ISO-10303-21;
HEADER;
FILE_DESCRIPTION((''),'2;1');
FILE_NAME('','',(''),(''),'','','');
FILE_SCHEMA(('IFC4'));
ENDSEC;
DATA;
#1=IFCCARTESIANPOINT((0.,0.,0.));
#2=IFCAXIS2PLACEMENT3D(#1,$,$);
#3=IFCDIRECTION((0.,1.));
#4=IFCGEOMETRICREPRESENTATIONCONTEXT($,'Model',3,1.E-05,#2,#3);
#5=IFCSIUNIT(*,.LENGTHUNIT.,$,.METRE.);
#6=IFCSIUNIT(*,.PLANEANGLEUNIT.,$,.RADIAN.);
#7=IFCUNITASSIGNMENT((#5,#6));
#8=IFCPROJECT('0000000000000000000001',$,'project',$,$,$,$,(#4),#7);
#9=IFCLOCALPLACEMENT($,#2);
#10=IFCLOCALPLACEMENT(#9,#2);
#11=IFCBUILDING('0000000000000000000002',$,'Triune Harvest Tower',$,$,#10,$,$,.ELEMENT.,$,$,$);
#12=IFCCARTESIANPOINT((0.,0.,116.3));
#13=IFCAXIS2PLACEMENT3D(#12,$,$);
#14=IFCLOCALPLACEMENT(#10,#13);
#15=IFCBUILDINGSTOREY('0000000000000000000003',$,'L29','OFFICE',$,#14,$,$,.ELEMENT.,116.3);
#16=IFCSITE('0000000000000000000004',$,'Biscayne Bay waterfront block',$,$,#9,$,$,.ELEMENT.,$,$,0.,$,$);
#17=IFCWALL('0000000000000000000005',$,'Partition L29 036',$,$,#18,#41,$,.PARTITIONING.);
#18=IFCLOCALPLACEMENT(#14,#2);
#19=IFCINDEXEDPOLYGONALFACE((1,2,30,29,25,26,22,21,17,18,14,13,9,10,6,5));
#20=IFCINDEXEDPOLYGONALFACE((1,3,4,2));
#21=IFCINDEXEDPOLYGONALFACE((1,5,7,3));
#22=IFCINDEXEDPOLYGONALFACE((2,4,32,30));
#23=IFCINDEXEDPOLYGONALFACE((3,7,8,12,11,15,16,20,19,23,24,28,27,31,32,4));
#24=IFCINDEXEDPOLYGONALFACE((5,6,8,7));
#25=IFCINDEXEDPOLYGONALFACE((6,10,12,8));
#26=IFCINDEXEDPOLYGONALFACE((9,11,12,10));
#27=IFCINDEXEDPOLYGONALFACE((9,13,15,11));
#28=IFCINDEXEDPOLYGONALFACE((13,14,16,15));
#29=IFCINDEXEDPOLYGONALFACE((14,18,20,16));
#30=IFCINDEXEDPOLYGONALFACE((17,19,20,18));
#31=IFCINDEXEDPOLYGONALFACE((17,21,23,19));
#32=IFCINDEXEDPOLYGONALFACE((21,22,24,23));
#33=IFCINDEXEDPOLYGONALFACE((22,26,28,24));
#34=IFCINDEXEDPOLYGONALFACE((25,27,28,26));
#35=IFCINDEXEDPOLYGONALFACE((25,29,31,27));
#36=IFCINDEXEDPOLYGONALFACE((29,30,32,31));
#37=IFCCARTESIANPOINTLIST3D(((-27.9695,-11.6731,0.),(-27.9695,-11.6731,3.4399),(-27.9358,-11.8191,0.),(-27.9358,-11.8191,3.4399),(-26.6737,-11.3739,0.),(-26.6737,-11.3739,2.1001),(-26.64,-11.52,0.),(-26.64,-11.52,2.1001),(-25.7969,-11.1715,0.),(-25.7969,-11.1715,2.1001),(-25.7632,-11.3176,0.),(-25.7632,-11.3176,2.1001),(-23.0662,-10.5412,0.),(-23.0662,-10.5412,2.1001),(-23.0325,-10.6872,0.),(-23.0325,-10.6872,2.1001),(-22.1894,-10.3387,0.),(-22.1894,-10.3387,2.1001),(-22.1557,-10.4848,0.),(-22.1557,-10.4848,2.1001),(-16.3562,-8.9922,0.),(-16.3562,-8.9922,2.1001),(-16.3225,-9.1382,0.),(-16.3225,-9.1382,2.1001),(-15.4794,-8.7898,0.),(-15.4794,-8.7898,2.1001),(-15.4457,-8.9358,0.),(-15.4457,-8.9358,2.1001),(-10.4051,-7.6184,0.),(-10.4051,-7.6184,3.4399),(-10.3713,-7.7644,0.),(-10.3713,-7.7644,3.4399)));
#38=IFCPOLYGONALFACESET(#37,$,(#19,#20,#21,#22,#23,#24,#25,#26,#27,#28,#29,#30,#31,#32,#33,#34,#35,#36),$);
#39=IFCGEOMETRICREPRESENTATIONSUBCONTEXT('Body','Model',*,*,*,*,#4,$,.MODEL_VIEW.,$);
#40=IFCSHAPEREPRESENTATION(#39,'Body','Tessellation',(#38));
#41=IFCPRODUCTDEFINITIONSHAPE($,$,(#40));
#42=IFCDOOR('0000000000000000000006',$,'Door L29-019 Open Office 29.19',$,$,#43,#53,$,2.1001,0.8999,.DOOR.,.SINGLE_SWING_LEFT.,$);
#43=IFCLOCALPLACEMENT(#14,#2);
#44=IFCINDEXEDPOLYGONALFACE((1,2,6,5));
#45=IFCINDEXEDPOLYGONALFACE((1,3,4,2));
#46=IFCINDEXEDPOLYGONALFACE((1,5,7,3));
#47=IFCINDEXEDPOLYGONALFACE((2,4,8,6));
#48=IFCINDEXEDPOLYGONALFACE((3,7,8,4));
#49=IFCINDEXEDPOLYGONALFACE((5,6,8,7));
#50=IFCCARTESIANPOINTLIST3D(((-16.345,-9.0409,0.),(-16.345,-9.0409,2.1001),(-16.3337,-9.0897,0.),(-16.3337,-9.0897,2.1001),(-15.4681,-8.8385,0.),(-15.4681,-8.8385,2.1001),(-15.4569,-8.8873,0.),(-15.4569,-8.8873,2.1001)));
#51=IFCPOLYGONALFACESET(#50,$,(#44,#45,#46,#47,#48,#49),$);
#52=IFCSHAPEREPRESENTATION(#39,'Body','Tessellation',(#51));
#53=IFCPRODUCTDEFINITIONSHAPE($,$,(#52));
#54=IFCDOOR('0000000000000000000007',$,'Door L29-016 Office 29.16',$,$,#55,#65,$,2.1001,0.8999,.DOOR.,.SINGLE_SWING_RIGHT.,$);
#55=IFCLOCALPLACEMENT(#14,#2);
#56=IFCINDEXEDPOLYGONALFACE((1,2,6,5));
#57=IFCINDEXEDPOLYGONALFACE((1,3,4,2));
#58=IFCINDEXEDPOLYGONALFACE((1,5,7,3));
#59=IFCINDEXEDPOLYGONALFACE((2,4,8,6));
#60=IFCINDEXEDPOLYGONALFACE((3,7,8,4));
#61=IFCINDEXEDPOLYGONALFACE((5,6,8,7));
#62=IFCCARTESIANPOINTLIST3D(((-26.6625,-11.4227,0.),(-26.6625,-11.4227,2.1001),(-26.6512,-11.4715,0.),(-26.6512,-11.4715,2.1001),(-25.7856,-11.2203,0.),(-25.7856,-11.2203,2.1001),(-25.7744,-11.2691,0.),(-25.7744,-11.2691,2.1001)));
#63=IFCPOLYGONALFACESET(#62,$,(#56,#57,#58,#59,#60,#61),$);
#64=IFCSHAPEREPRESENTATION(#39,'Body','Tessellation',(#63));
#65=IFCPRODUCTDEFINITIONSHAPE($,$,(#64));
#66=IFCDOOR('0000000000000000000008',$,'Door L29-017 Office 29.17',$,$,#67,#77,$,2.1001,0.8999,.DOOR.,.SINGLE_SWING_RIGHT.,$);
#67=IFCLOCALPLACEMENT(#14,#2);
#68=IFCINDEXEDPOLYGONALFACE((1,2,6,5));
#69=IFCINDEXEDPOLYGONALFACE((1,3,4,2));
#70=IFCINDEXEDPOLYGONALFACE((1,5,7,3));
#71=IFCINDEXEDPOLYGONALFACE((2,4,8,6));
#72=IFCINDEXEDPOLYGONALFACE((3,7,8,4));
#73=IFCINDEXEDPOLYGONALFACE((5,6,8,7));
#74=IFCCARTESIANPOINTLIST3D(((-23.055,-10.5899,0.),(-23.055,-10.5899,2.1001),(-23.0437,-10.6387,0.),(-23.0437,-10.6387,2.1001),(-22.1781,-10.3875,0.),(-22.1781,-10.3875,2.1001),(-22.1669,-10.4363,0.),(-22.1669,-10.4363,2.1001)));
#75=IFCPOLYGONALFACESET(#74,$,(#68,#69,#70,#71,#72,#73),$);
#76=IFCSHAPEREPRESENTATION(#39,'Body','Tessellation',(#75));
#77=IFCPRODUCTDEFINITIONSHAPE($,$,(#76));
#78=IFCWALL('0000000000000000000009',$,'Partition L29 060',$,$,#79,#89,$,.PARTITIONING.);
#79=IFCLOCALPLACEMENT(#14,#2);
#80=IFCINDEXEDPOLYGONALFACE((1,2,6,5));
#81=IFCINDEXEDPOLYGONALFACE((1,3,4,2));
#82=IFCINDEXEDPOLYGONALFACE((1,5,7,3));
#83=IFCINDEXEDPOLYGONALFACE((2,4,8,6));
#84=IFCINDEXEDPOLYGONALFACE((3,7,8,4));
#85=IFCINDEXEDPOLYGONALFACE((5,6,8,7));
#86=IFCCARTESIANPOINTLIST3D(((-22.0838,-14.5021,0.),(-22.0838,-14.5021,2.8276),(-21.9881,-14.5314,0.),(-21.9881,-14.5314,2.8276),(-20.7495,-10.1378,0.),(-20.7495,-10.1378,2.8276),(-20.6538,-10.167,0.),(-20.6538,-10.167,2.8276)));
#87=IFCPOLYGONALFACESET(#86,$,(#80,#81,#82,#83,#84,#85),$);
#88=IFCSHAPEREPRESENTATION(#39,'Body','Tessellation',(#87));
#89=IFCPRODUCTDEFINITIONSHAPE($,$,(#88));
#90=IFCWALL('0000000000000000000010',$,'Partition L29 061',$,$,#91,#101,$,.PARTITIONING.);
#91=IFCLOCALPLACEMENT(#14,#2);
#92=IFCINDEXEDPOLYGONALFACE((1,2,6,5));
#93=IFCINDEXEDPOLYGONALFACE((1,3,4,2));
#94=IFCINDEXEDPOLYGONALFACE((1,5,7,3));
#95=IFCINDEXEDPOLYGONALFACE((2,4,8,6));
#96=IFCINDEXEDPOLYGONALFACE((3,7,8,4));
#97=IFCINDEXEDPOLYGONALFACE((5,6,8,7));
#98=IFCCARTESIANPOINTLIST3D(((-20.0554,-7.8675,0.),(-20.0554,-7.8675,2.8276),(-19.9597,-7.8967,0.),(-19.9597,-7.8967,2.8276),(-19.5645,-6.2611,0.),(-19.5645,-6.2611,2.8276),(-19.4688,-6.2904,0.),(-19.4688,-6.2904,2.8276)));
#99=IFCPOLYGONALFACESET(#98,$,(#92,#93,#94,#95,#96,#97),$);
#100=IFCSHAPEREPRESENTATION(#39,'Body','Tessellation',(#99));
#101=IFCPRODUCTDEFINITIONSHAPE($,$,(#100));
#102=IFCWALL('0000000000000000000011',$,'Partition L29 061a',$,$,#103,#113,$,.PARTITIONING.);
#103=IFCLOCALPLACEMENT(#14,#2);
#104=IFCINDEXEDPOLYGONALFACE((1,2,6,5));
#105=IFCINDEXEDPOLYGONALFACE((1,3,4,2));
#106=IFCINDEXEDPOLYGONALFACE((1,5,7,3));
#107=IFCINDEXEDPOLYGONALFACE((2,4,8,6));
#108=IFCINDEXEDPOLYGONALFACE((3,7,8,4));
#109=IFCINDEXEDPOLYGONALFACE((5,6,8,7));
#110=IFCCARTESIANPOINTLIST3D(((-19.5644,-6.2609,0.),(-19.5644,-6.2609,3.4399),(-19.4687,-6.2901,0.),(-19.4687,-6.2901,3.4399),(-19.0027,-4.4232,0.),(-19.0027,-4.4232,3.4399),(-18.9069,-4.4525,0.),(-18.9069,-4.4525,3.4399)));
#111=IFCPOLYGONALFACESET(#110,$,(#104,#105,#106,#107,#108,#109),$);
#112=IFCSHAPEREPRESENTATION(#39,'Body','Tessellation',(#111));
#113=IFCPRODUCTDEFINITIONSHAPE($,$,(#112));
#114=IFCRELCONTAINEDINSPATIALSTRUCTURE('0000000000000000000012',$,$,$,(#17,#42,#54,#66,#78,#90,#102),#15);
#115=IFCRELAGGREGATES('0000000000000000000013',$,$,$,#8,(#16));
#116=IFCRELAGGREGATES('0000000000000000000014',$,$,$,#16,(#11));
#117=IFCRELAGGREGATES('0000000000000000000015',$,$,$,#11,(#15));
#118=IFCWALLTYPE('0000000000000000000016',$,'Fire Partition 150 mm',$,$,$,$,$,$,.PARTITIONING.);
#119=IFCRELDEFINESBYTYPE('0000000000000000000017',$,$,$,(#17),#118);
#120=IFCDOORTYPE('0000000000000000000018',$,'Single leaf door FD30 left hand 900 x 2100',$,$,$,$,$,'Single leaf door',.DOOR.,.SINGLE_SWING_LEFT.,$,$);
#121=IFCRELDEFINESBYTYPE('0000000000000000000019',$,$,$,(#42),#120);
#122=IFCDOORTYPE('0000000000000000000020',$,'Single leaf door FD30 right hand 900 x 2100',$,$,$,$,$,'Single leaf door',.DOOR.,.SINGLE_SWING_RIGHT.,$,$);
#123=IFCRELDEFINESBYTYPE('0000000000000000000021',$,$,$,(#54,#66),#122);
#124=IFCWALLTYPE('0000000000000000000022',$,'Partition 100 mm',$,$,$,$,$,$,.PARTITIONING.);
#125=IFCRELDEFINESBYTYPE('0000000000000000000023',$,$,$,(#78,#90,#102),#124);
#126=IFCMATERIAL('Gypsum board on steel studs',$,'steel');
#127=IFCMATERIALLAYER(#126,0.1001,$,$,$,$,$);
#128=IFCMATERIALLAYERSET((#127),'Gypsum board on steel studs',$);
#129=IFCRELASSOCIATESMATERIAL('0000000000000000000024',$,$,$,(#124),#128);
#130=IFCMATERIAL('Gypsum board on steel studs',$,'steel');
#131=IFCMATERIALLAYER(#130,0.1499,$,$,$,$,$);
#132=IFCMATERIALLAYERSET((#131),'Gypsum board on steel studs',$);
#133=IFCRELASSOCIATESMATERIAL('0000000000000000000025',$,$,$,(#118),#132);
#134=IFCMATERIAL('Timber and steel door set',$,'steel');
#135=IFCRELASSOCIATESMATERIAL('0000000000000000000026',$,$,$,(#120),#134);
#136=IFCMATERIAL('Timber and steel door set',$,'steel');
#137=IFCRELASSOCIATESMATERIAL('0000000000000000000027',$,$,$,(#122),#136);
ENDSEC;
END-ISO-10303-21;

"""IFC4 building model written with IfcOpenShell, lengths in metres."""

from ifc_helpers import new_model, si_unit, direction, frame, frame_2d, origin, place, context, subcontext, project, spatial, rectangle, extrude, source, transform, mapped, material, layer, layer_set, type_object, element, fill, save


model = new_model("IFC4")

# Units and contexts
model_context = context("Model", 3, precision=1e-05, world=origin(), true_north=direction((0.0, 1.0)))
body_context = subcontext(model_context, "Body", "Model", "MODEL_VIEW")
ifc_project = project(units=[si_unit("LENGTHUNIT", "METRE"), si_unit("PLANEANGLEUNIT", "RADIAN")], contexts=[model_context])

# Site, building, storey
site_placement = place(None, origin())
site = spatial("IfcSite", under=ifc_project, at=site_placement, Name="Biscayne Bay waterfront block", CompositionType="ELEMENT", RefElevation=0.0)
building_placement = place(site_placement, origin())
building = spatial("IfcBuilding", under=site, at=building_placement, Name="Triune Harvest Tower", CompositionType="ELEMENT")
storey_placement = place(building_placement, frame((0.0, 0.0, 116.3)))
storey = spatial("IfcBuildingStorey", under=building, at=storey_placement, Name="L29", Description="OFFICE", CompositionType="ELEMENT", Elevation=116.3)

# Shared definitions
ifc_material_1 = material(Name="Gypsum board on steel studs", Category="steel")
ifc_layer_1 = layer(ifc_material_1, 0.1001)
ifc_layer_set_1 = layer_set([ifc_layer_1], Name="Gypsum board on steel studs")
wall_type_1 = type_object("IfcWallType", Name="Partition 100 mm", PredefinedType="PARTITIONING", material=ifc_layer_set_1)
ifc_material_2 = material(Name="Gypsum board on steel studs", Category="steel")
ifc_layer_2 = layer(ifc_material_2, 0.1499)
ifc_layer_set_2 = layer_set([ifc_layer_2], Name="Gypsum board on steel studs")
wall_type_2 = type_object("IfcWallType", Name="Fire Partition 150 mm", PredefinedType="PARTITIONING", material=ifc_layer_set_2)

# Wall, openings, doors
shared_shape_1 = source(origin(), body_context, "Body", "SweptSolid", [
    extrude(rectangle(XDim=18.0264, YDim=0.1499, at=frame_2d((9.0132, 0.0))), origin(), (0.0, 0.0, 1.0), 3.4399),
])
wall_1_placement = place(storey_placement, frame((-27.9526, -11.7461, 0.0), z_axis=(0.0, 0.0, 1.0), x_axis=(0.974375, 0.224931, 0.0)))
wall_1 = element("IfcWall", 1, at=wall_1_placement, inside=storey, type_object=wall_type_2, Name="Partition L29 036", PredefinedType="PARTITIONING", context=body_context, shape_type="MappedRepresentation", body=[
    mapped(shared_shape_1, transform((0.0, 0.0, 0.0), scale=1.0)),
])
opening_1_placement = place(wall_1_placement, frame((1.3298, 0.0, 0.0)))
opening_1 = element("IfcOpeningElement", 2, at=opening_1_placement, cuts=wall_1, PredefinedType="OPENING", context=body_context, shape_type="SweptSolid", body=[
    extrude(rectangle(XDim=0.8999, YDim=2.1001, at=frame_2d((0.45, 1.05))), frame((0.0, 0.085, 0.0), z_axis=(0.0, -1.0, 0.0), x_axis=(1.0, 0.0, 0.0)), (0.0, 0.0, 1.0), 0.1699),
])
opening_2_placement = place(wall_1_placement, frame((5.0322, 0.0, 0.0)))
opening_2 = element("IfcOpeningElement", 3, at=opening_2_placement, cuts=wall_1, PredefinedType="OPENING", context=body_context, shape_type="SweptSolid", body=[
    extrude(rectangle(XDim=0.8999, YDim=2.1001, at=frame_2d((0.45, 1.05))), frame((0.0, 0.085, 0.0), z_axis=(0.0, -1.0, 0.0), x_axis=(1.0, 0.0, 0.0)), (0.0, 0.0, 1.0), 0.1699),
])
opening_3_placement = place(wall_1_placement, frame((11.9187, 0.0, 0.0)))
opening_3 = element("IfcOpeningElement", 4, at=opening_3_placement, cuts=wall_1, PredefinedType="OPENING", context=body_context, shape_type="SweptSolid", body=[
    extrude(rectangle(XDim=0.8999, YDim=2.1001, at=frame_2d((0.45, 1.05))), frame((0.0, 0.085, 0.0), z_axis=(0.0, -1.0, 0.0), x_axis=(1.0, 0.0, 0.0)), (0.0, 0.0, 1.0), 0.1699),
])
ifc_material_3 = material(Name="Timber and steel door set", Category="steel")
door_type_1 = type_object("IfcDoorType", Name="Single leaf door FD30 left hand 900 x 2100", ElementType="Single leaf door", OperationType="SINGLE_SWING_LEFT", PredefinedType="DOOR", material=ifc_material_3)
door_1_placement = place(opening_3_placement, origin())
door_1 = element("IfcDoor", 5, at=door_1_placement, inside=storey, type_object=door_type_1, Name="Door L29-019 Open Office 29.19", OperationType="SINGLE_SWING_LEFT", OverallHeight=2.1001, OverallWidth=0.8999, PredefinedType="DOOR", context=body_context, shape_type="SweptSolid", body=[
    extrude(rectangle(XDim=0.8999, YDim=2.1001, at=frame_2d((0.45, 1.05))), frame((0.0, 0.0249, 0.0), z_axis=(0.0, -1.0, 0.0), x_axis=(1.0, 0.0, 0.0)), (0.0, 0.0, 1.0), 0.05),
])
fill(opening_3, door_1)
ifc_material_4 = material(Name="Timber and steel door set", Category="steel")
door_type_2 = type_object("IfcDoorType", Name="Single leaf door FD30 right hand 900 x 2100", ElementType="Single leaf door", OperationType="SINGLE_SWING_RIGHT", PredefinedType="DOOR", material=ifc_material_4)
door_2_placement = place(opening_1_placement, origin())
door_2 = element("IfcDoor", 6, at=door_2_placement, inside=storey, type_object=door_type_2, Name="Door L29-016 Office 29.16", OperationType="SINGLE_SWING_RIGHT", OverallHeight=2.1001, OverallWidth=0.8999, PredefinedType="DOOR", context=body_context, shape_type="SweptSolid", body=[
    extrude(rectangle(XDim=0.8999, YDim=2.1001, at=frame_2d((0.45, 1.05))), frame((0.0, 0.0249, 0.0), z_axis=(0.0, -1.0, 0.0), x_axis=(1.0, 0.0, 0.0)), (0.0, 0.0, 1.0), 0.05),
])
fill(opening_1, door_2)
door_3_placement = place(opening_2_placement, origin())
door_3 = element("IfcDoor", 7, at=door_3_placement, inside=storey, type_object=door_type_2, Name="Door L29-017 Office 29.17", OperationType="SINGLE_SWING_RIGHT", OverallHeight=2.1001, OverallWidth=0.8999, PredefinedType="DOOR", context=body_context, shape_type="SweptSolid", body=[
    extrude(rectangle(XDim=0.8999, YDim=2.1001, at=frame_2d((0.45, 1.05))), frame((0.0, 0.0249, 0.0), z_axis=(0.0, -1.0, 0.0), x_axis=(1.0, 0.0, 0.0)), (0.0, 0.0, 1.0), 0.05),
])
fill(opening_2, door_3)

# Walls
shared_shape_2 = source(origin(), body_context, "Body", "SweptSolid", [
    extrude(rectangle(XDim=4.5637, YDim=0.1001, at=frame_2d((2.2817, 0.0))), origin(), (0.0, 0.0, 1.0), 2.8276),
])
wall_2_placement = place(storey_placement, frame((-22.0359, -14.5166, 0.0), z_axis=(0.0, 0.0, 1.0), x_axis=(0.29236, 0.956308, 0.0)))
element("IfcWall", 8, at=wall_2_placement, inside=storey, type_object=wall_type_1, Name="Partition L29 060", PredefinedType="PARTITIONING", context=body_context, shape_type="MappedRepresentation", body=[
    mapped(shared_shape_2, transform((0.0, 0.0, 0.0), scale=1.0)),
])
shared_shape_3 = source(origin(), body_context, "Body", "SweptSolid", [
    extrude(rectangle(XDim=1.6797, YDim=0.1001, at=frame_2d((0.8398, 0.0))), origin(), (0.0, 0.0, 1.0), 2.8276),
])
wall_3_placement = place(storey_placement, frame((-20.0076, -7.8821, 0.0), z_axis=(0.0, 0.0, 1.0), x_axis=(0.292278, 0.956334, 0.0)))
element("IfcWall", 9, at=wall_3_placement, inside=storey, type_object=wall_type_1, Name="Partition L29 061", PredefinedType="PARTITIONING", context=body_context, shape_type="MappedRepresentation", body=[
    mapped(shared_shape_3, transform((0.0, 0.0, 0.0), scale=1.0)),
])
shared_shape_4 = source(origin(), body_context, "Body", "SweptSolid", [
    extrude(rectangle(XDim=1.9216, YDim=0.1001, at=frame_2d((0.9609, 0.0))), origin(), (0.0, 0.0, 1.0), 3.4399),
])
wall_4_placement = place(storey_placement, frame((-19.5166, -6.2756, 0.0), z_axis=(0.0, 0.0, 1.0), x_axis=(0.292344, 0.956313, 0.0)))
element("IfcWall", 10, at=wall_4_placement, inside=storey, type_object=wall_type_1, Name="Partition L29 061a", PredefinedType="PARTITIONING", context=body_context, shape_type="MappedRepresentation", body=[
    mapped(shared_shape_4, transform((0.0, 0.0, 0.0), scale=1.0)),
])

save(model, "model.ifc")
